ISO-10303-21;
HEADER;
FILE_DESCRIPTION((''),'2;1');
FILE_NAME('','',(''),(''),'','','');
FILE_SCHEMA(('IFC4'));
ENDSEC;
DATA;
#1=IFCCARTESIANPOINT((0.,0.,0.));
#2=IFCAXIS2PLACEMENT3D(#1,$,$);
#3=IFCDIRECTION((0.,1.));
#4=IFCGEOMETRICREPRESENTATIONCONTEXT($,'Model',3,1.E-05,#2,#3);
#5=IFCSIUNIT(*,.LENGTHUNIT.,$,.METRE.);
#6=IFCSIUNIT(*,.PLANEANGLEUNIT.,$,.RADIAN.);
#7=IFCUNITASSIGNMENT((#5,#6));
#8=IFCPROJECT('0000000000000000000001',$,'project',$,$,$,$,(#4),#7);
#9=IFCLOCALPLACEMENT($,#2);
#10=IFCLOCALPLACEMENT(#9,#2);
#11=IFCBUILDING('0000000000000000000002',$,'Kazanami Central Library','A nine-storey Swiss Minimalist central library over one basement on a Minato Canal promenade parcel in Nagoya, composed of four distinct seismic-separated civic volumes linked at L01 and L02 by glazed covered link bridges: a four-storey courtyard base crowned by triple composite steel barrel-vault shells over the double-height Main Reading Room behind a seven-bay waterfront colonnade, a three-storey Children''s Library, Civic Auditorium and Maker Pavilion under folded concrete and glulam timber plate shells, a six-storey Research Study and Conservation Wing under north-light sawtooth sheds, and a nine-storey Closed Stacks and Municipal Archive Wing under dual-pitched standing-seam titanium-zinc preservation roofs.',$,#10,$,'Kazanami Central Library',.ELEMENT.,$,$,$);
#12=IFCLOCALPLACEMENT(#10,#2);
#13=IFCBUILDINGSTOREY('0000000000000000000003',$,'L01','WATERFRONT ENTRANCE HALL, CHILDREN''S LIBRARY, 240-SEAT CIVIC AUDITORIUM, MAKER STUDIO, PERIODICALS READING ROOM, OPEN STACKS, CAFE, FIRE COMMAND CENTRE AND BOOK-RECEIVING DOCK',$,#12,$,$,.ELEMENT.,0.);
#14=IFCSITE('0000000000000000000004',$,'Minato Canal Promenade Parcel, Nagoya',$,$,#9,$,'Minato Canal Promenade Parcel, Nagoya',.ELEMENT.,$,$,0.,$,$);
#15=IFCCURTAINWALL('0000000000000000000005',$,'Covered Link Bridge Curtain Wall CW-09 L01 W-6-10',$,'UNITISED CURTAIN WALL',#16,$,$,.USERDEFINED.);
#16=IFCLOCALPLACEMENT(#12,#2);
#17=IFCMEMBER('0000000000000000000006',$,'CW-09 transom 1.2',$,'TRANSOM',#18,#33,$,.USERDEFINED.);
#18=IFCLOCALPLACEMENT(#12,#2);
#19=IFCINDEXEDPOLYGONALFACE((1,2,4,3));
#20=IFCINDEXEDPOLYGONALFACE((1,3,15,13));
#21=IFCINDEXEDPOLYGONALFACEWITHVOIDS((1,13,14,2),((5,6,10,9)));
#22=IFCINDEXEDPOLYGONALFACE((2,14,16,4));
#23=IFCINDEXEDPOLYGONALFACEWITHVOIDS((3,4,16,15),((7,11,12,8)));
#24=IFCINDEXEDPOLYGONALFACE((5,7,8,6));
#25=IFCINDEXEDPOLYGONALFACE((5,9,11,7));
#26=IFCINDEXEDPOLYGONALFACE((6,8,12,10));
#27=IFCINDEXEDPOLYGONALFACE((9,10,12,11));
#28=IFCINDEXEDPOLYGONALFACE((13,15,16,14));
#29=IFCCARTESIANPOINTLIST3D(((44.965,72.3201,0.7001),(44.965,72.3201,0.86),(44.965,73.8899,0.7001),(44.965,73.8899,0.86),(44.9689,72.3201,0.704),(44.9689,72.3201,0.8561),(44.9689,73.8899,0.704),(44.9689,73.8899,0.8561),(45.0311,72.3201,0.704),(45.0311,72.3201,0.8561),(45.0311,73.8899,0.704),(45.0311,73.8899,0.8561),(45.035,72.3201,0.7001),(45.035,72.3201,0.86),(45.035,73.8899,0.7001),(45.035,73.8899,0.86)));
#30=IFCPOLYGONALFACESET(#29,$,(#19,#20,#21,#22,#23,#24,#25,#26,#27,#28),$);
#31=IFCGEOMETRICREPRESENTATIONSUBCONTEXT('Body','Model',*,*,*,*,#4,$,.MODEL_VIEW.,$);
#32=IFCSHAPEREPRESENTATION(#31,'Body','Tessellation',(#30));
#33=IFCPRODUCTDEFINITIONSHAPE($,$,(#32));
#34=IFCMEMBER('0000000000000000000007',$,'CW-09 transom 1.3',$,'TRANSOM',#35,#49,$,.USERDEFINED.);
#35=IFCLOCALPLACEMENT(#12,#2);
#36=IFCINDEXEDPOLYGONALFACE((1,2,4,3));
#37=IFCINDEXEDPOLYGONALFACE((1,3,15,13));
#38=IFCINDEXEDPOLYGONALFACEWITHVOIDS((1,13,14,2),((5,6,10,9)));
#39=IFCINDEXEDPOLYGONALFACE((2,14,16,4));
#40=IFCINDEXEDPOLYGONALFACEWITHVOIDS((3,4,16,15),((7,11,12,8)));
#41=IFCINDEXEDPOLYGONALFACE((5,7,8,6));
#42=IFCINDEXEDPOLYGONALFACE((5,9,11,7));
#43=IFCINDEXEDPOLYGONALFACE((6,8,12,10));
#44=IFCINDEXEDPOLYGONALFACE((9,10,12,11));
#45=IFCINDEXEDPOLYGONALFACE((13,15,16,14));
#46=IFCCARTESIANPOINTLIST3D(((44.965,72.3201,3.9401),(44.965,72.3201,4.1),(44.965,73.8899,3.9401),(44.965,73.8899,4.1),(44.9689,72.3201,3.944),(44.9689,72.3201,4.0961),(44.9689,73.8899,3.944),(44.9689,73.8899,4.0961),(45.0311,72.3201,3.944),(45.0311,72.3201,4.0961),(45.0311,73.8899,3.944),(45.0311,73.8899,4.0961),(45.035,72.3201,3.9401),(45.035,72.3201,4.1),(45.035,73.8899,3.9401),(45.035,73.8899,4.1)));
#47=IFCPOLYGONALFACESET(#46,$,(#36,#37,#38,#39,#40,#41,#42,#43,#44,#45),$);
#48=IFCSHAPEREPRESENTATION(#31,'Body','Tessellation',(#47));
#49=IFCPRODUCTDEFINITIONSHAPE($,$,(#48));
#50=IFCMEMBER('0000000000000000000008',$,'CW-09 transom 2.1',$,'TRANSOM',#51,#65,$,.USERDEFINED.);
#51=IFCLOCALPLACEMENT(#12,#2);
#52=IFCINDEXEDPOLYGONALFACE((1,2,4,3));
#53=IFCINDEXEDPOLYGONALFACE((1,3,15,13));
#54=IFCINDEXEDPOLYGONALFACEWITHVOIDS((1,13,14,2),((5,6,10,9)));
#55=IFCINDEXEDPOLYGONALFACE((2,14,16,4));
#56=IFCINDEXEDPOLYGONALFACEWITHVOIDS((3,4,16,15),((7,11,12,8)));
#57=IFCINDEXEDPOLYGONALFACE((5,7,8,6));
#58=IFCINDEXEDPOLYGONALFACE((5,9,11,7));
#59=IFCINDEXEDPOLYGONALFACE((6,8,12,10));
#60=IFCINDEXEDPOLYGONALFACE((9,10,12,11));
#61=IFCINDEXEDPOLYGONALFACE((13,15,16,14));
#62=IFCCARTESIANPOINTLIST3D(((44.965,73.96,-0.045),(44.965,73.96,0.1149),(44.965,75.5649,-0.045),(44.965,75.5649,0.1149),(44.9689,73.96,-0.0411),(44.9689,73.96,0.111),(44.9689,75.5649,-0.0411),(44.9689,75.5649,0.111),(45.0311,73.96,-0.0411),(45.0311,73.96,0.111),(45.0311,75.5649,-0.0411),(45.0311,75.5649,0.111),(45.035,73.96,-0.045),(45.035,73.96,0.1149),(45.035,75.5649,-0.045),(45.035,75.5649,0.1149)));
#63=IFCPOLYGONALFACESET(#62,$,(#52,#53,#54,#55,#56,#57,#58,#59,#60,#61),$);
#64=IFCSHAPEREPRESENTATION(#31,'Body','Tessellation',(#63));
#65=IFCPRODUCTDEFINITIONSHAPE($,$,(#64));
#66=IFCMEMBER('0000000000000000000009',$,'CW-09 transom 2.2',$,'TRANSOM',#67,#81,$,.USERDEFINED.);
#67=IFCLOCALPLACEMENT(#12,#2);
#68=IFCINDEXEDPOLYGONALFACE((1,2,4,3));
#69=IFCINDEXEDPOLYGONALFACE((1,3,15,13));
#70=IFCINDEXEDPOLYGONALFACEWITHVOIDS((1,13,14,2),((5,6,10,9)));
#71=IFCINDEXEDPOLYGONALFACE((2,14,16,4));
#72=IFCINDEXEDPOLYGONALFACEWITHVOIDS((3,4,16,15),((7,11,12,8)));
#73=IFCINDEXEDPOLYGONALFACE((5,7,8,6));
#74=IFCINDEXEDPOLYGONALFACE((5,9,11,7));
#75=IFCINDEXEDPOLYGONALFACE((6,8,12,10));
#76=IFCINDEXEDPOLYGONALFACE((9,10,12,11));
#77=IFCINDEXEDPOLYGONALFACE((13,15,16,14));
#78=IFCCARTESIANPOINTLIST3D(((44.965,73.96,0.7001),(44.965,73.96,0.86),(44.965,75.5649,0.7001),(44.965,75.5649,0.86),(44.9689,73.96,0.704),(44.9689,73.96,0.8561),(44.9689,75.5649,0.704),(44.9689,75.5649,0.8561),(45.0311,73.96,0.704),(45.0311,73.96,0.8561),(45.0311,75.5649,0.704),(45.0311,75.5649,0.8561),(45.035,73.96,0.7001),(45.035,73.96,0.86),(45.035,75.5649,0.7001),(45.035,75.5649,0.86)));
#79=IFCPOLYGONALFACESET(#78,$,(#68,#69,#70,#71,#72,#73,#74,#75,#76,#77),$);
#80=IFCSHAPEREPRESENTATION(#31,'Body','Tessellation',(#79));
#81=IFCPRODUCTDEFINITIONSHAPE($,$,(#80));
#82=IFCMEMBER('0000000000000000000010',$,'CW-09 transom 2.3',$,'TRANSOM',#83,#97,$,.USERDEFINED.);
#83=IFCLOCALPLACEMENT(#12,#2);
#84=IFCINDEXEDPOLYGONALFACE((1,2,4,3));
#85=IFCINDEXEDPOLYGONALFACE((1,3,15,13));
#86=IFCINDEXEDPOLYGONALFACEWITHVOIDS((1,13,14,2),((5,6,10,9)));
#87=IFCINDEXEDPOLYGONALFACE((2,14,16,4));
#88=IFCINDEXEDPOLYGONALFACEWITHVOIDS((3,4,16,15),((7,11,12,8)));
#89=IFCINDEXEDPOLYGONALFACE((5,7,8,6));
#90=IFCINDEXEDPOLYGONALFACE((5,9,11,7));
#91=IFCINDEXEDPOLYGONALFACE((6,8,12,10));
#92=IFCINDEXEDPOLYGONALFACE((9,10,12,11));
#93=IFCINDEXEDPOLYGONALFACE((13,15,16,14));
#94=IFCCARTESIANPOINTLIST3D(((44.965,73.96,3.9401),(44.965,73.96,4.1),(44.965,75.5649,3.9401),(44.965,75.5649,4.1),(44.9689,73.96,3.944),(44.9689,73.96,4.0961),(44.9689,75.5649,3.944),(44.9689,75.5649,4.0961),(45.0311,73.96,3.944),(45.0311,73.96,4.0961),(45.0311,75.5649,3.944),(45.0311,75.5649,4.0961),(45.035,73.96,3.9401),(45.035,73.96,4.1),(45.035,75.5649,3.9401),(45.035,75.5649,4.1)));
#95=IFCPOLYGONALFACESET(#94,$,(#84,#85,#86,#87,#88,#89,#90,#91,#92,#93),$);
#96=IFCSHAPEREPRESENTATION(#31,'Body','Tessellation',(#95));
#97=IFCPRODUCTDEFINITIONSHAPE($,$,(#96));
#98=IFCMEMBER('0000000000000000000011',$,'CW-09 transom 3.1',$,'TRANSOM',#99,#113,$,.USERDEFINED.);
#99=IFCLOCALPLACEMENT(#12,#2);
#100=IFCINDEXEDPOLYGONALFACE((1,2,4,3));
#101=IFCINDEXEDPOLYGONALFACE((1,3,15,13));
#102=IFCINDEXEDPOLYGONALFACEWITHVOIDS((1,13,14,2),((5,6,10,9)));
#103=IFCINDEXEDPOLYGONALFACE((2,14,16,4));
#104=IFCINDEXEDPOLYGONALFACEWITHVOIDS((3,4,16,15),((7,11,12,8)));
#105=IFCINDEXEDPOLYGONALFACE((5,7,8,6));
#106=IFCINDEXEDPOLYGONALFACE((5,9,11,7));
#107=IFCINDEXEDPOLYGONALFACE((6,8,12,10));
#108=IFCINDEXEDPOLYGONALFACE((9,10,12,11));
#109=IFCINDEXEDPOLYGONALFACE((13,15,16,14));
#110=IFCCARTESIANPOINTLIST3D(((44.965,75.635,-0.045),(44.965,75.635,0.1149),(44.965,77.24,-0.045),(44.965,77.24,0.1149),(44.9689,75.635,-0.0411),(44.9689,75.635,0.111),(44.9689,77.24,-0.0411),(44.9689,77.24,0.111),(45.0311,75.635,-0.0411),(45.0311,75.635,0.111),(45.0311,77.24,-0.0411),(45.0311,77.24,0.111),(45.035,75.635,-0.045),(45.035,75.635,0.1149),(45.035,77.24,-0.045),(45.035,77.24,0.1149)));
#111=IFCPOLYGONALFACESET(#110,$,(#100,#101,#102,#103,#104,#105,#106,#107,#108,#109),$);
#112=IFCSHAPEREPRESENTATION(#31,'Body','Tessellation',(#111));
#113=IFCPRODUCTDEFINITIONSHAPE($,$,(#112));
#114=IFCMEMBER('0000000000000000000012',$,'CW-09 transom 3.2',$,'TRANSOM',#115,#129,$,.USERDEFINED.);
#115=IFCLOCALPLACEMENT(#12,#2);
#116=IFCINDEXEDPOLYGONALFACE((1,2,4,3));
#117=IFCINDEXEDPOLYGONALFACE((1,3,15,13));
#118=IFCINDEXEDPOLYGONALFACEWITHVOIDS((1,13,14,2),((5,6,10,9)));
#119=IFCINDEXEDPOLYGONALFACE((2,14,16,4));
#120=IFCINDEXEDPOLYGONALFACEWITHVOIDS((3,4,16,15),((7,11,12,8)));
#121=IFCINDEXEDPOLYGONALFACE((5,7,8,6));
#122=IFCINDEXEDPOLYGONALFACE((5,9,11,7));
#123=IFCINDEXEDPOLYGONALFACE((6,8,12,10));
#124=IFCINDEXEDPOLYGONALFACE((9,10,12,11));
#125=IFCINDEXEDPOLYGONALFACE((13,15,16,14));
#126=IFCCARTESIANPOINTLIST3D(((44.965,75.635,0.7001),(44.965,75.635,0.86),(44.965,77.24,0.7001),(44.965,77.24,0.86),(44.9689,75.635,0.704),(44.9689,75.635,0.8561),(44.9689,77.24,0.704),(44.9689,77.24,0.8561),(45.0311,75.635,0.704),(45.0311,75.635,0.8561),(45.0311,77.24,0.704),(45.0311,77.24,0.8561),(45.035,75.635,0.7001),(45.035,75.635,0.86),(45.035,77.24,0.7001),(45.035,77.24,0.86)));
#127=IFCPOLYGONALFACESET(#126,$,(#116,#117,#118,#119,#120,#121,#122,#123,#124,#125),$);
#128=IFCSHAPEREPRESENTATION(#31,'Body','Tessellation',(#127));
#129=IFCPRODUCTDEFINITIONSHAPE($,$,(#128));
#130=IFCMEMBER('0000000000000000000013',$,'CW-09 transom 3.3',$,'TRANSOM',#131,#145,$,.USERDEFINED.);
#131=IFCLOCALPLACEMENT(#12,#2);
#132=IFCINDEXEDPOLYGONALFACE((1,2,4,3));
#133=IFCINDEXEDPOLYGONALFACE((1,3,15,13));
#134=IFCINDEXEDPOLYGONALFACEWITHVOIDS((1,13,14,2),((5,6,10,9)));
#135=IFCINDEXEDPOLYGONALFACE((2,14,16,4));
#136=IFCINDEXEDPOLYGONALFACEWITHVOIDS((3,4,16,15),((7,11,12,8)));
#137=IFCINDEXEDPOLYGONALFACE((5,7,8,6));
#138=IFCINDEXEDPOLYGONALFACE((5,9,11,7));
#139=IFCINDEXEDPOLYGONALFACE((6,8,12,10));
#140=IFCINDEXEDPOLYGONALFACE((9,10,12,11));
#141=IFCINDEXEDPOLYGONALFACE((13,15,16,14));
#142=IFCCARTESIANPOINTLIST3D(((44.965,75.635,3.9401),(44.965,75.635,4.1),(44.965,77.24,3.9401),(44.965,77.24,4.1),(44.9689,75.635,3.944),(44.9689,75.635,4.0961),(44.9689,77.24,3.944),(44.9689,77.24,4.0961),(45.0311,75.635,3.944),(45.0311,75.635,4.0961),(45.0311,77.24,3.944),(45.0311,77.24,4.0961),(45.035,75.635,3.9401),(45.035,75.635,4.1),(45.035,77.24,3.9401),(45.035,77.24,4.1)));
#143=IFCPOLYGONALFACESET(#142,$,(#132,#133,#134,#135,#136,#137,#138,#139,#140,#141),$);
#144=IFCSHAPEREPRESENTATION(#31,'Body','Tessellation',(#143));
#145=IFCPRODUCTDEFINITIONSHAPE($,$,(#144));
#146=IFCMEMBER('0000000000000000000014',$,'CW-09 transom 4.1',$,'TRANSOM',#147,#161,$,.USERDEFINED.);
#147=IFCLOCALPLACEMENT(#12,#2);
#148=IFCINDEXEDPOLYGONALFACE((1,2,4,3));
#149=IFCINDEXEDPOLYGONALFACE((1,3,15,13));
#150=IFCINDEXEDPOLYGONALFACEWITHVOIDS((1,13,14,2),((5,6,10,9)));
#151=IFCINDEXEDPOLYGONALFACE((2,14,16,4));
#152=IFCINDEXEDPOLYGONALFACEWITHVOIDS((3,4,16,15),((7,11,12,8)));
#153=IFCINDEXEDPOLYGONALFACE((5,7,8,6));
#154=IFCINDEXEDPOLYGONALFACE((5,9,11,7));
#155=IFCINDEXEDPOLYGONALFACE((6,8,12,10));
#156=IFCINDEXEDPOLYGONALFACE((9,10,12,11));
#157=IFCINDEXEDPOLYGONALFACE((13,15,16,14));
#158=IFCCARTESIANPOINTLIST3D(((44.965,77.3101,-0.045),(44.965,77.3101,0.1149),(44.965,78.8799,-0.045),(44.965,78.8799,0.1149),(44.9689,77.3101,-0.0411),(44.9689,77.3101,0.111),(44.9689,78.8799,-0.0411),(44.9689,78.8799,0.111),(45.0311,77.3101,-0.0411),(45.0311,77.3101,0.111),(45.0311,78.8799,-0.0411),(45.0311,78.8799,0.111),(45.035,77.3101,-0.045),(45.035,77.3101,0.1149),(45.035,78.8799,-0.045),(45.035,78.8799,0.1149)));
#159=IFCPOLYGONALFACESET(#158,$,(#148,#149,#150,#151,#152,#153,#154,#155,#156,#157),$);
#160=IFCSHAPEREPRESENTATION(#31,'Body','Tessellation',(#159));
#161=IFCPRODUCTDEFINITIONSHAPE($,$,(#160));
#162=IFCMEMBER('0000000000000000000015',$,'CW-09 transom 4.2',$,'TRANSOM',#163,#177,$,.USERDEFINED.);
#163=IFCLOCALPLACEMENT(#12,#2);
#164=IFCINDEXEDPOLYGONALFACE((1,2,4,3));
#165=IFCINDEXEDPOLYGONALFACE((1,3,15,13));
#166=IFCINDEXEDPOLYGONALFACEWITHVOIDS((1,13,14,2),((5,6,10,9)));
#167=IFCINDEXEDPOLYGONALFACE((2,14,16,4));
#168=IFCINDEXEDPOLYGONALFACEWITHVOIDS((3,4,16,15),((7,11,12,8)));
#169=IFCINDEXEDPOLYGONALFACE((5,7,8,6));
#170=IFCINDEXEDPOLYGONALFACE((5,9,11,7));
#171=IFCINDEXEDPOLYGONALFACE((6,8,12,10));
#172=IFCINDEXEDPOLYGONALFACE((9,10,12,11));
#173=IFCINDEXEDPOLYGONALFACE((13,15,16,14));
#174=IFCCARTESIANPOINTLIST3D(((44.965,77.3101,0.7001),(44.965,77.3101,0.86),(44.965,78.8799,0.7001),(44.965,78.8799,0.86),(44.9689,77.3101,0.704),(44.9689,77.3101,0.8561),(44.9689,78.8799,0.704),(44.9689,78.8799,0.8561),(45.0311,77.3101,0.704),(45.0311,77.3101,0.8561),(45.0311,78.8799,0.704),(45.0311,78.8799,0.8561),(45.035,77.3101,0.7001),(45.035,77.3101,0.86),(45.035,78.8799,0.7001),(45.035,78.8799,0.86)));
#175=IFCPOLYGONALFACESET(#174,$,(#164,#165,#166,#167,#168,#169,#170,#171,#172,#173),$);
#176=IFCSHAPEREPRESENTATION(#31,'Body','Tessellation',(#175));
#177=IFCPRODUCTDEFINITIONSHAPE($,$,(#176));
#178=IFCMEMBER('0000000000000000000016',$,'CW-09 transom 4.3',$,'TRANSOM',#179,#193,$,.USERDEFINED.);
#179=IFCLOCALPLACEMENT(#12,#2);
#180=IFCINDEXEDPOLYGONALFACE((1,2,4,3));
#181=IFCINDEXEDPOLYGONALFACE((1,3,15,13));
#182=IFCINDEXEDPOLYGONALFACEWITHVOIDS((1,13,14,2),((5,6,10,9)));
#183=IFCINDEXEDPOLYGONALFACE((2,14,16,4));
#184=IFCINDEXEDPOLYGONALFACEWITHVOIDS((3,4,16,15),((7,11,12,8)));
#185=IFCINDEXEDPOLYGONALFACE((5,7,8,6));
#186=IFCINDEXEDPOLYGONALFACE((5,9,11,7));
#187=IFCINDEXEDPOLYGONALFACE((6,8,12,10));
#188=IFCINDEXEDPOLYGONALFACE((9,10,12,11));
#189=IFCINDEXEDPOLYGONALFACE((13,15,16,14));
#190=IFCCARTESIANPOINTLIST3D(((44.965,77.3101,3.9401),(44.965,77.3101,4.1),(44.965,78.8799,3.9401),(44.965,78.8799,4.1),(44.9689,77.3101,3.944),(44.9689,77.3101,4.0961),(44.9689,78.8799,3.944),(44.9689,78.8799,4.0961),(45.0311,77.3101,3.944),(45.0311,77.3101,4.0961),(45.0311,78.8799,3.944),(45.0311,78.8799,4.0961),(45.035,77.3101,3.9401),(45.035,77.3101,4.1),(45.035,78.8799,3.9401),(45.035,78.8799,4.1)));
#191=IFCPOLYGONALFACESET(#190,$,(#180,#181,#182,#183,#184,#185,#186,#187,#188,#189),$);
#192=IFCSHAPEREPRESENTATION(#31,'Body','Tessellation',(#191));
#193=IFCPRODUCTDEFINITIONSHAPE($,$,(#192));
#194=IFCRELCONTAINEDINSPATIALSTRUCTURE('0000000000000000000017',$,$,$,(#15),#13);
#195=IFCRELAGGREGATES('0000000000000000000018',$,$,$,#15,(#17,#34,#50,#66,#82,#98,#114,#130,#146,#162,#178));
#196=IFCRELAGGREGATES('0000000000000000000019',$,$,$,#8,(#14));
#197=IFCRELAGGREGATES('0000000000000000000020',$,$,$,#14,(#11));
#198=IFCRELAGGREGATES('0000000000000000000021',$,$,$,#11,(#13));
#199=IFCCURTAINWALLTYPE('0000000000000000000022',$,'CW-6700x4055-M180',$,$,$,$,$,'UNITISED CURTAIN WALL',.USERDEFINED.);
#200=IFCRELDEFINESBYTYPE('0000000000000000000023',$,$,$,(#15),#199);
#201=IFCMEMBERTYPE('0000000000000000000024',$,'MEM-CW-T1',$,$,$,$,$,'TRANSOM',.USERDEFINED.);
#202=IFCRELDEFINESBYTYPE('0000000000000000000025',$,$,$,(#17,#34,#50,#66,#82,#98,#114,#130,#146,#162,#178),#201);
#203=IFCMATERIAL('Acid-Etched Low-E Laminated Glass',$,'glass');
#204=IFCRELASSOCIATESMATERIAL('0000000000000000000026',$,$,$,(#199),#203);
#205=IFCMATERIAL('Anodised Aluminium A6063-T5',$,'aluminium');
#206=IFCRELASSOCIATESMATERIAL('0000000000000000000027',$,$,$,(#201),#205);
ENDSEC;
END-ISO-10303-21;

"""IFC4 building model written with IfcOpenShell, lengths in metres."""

from ifc_helpers import new_model, si_unit, direction, frame, origin, origin_2d, place, context, subcontext, project, spatial, hollow_rectangle, extrude, material, material_profile, profile_set, type_object, element, aggregate, save


model = new_model("IFC4")

# Units and contexts
model_context = context("Model", 3, precision=1e-05, world=origin(), true_north=direction((0.0, 1.0)))
body_context = subcontext(model_context, "Body", "Model", "MODEL_VIEW")
ifc_project = project(units=[si_unit("LENGTHUNIT", "METRE"), si_unit("PLANEANGLEUNIT", "RADIAN")], contexts=[model_context])

# Site, building, storey
site_placement = place(None, origin())
site = spatial("IfcSite", under=ifc_project, at=site_placement, Name="Minato Canal Promenade Parcel, Nagoya", LongName="Minato Canal Promenade Parcel, Nagoya", CompositionType="ELEMENT", RefElevation=0.0)
building_placement = place(site_placement, origin())
building = spatial("IfcBuilding", under=site, at=building_placement, Name="Kazanami Central Library", Description="A nine-storey Swiss Minimalist central library over one basement on a Minato Canal promenade parcel in Nagoya, composed of four distinct seismic-separated civic volumes linked at L01 and L02 by glazed covered link bridges: a four-storey courtyard base crowned by triple composite steel barrel-vault shells over the double-height Main Reading Room behind a seven-bay waterfront colonnade, a three-storey Children's Library, Civic Auditorium and Maker Pavilion under folded concrete and glulam timber plate shells, a six-storey Research Study and Conservation Wing under north-light sawtooth sheds, and a nine-storey Closed Stacks and Municipal Archive Wing under dual-pitched standing-seam titanium-zinc preservation roofs.", LongName="Kazanami Central Library", CompositionType="ELEMENT")
storey_placement = place(building_placement, origin())
storey = spatial("IfcBuildingStorey", under=building, at=storey_placement, Name="L01", Description="WATERFRONT ENTRANCE HALL, CHILDREN'S LIBRARY, 240-SEAT CIVIC AUDITORIUM, MAKER STUDIO, PERIODICALS READING ROOM, OPEN STACKS, CAFE, FIRE COMMAND CENTRE AND BOOK-RECEIVING DOCK", CompositionType="ELEMENT", Elevation=0.0)

# Curtain wall
ifc_material_1 = material(Name="Acid-Etched Low-E Laminated Glass", Category="glass")
curtain_wall_type = type_object("IfcCurtainWallType", Name="CW-6700x4055-M180", ElementType="UNITISED CURTAIN WALL", PredefinedType="USERDEFINED", material=ifc_material_1)
curtain_wall_1_placement = place(storey_placement, origin())
curtain_wall_1 = element("IfcCurtainWall", 1, at=curtain_wall_1_placement, inside=storey, type_object=curtain_wall_type, Name="Covered Link Bridge Curtain Wall CW-09 L01 W-6-10", ObjectType="UNITISED CURTAIN WALL", PredefinedType="USERDEFINED")
ifc_material_2 = material(Name="Anodised Aluminium A6063-T5", Category="aluminium")

# Members
ifc_material_profile_1 = material_profile(ifc_material_2, hollow_rectangle(XDim=0.0701, YDim=0.1599, WallThickness=0.0039, at=origin_2d()), Name="ALU-TRAN-70x160x4")
ifc_profile_set_1 = profile_set([ifc_material_profile_1], Name="Anodised Aluminium A6063-T5")
member_type_1 = type_object("IfcMemberType", Name="MEM-CW-T1", ElementType="TRANSOM", PredefinedType="USERDEFINED", material=ifc_profile_set_1)
member_1_placement = place(storey_placement, frame((45.0, 72.3201, 0.78), z_axis=(0.0, 1.0, 0.0), x_axis=(-1.0, 0.0, 0.0)))
member_1 = element("IfcMember", 2, at=member_1_placement, type_object=member_type_1, Name="CW-09 transom 1.2", ObjectType="TRANSOM", PredefinedType="USERDEFINED", context=body_context, shape_type="SweptSolid", body=[
    extrude(hollow_rectangle(XDim=0.0701, YDim=0.1599, WallThickness=0.0039, at=origin_2d()), origin(), (0.0, 0.0, 1.0), 1.5698),
])
member_2_placement = place(storey_placement, frame((45.0, 72.3201, 4.02), z_axis=(0.0, 1.0, 0.0), x_axis=(-1.0, 0.0, 0.0)))
member_2 = element("IfcMember", 3, at=member_2_placement, type_object=member_type_1, Name="CW-09 transom 1.3", ObjectType="TRANSOM", PredefinedType="USERDEFINED", context=body_context, shape_type="SweptSolid", body=[
    extrude(hollow_rectangle(XDim=0.0701, YDim=0.1599, WallThickness=0.0039, at=origin_2d()), origin(), (0.0, 0.0, 1.0), 1.5698),
])
member_3_placement = place(storey_placement, frame((45.0, 73.96, 0.0349), z_axis=(0.0, 1.0, 0.0), x_axis=(-1.0, 0.0, 0.0)))
member_3 = element("IfcMember", 4, at=member_3_placement, type_object=member_type_1, Name="CW-09 transom 2.1", ObjectType="TRANSOM", PredefinedType="USERDEFINED", context=body_context, shape_type="SweptSolid", body=[
    extrude(hollow_rectangle(XDim=0.0701, YDim=0.1599, WallThickness=0.0039, at=origin_2d()), origin(), (0.0, 0.0, 1.0), 1.605),
])
member_4_placement = place(storey_placement, frame((45.0, 73.96, 0.78), z_axis=(0.0, 1.0, 0.0), x_axis=(-1.0, 0.0, 0.0)))
member_4 = element("IfcMember", 5, at=member_4_placement, type_object=member_type_1, Name="CW-09 transom 2.2", ObjectType="TRANSOM", PredefinedType="USERDEFINED", context=body_context, shape_type="SweptSolid", body=[
    extrude(hollow_rectangle(XDim=0.0701, YDim=0.1599, WallThickness=0.0039, at=origin_2d()), origin(), (0.0, 0.0, 1.0), 1.605),
])
member_5_placement = place(storey_placement, frame((45.0, 73.96, 4.02), z_axis=(0.0, 1.0, 0.0), x_axis=(-1.0, 0.0, 0.0)))
member_5 = element("IfcMember", 6, at=member_5_placement, type_object=member_type_1, Name="CW-09 transom 2.3", ObjectType="TRANSOM", PredefinedType="USERDEFINED", context=body_context, shape_type="SweptSolid", body=[
    extrude(hollow_rectangle(XDim=0.0701, YDim=0.1599, WallThickness=0.0039, at=origin_2d()), origin(), (0.0, 0.0, 1.0), 1.605),
])
member_6_placement = place(storey_placement, frame((45.0, 75.635, 0.0349), z_axis=(0.0, 1.0, 0.0), x_axis=(-1.0, 0.0, 0.0)))
member_6 = element("IfcMember", 7, at=member_6_placement, type_object=member_type_1, Name="CW-09 transom 3.1", ObjectType="TRANSOM", PredefinedType="USERDEFINED", context=body_context, shape_type="SweptSolid", body=[
    extrude(hollow_rectangle(XDim=0.0701, YDim=0.1599, WallThickness=0.0039, at=origin_2d()), origin(), (0.0, 0.0, 1.0), 1.605),
])
member_7_placement = place(storey_placement, frame((45.0, 75.635, 0.78), z_axis=(0.0, 1.0, 0.0), x_axis=(-1.0, 0.0, 0.0)))
member_7 = element("IfcMember", 8, at=member_7_placement, type_object=member_type_1, Name="CW-09 transom 3.2", ObjectType="TRANSOM", PredefinedType="USERDEFINED", context=body_context, shape_type="SweptSolid", body=[
    extrude(hollow_rectangle(XDim=0.0701, YDim=0.1599, WallThickness=0.0039, at=origin_2d()), origin(), (0.0, 0.0, 1.0), 1.605),
])
member_8_placement = place(storey_placement, frame((45.0, 75.635, 4.02), z_axis=(0.0, 1.0, 0.0), x_axis=(-1.0, 0.0, 0.0)))
member_8 = element("IfcMember", 9, at=member_8_placement, type_object=member_type_1, Name="CW-09 transom 3.3", ObjectType="TRANSOM", PredefinedType="USERDEFINED", context=body_context, shape_type="SweptSolid", body=[
    extrude(hollow_rectangle(XDim=0.0701, YDim=0.1599, WallThickness=0.0039, at=origin_2d()), origin(), (0.0, 0.0, 1.0), 1.605),
])
member_9_placement = place(storey_placement, frame((45.0, 77.3101, 0.0349), z_axis=(0.0, 1.0, 0.0), x_axis=(-1.0, 0.0, 0.0)))
member_9 = element("IfcMember", 10, at=member_9_placement, type_object=member_type_1, Name="CW-09 transom 4.1", ObjectType="TRANSOM", PredefinedType="USERDEFINED", context=body_context, shape_type="SweptSolid", body=[
    extrude(hollow_rectangle(XDim=0.0701, YDim=0.1599, WallThickness=0.0039, at=origin_2d()), origin(), (0.0, 0.0, 1.0), 1.5698),
])
member_10_placement = place(storey_placement, frame((45.0, 77.3101, 0.78), z_axis=(0.0, 1.0, 0.0), x_axis=(-1.0, 0.0, 0.0)))
member_10 = element("IfcMember", 11, at=member_10_placement, type_object=member_type_1, Name="CW-09 transom 4.2", ObjectType="TRANSOM", PredefinedType="USERDEFINED", context=body_context, shape_type="SweptSolid", body=[
    extrude(hollow_rectangle(XDim=0.0701, YDim=0.1599, WallThickness=0.0039, at=origin_2d()), origin(), (0.0, 0.0, 1.0), 1.5698),
])
member_11_placement = place(storey_placement, frame((45.0, 77.3101, 4.02), z_axis=(0.0, 1.0, 0.0), x_axis=(-1.0, 0.0, 0.0)))
member_11 = element("IfcMember", 12, at=member_11_placement, type_object=member_type_1, Name="CW-09 transom 4.3", ObjectType="TRANSOM", PredefinedType="USERDEFINED", context=body_context, shape_type="SweptSolid", body=[
    extrude(hollow_rectangle(XDim=0.0701, YDim=0.1599, WallThickness=0.0039, at=origin_2d()), origin(), (0.0, 0.0, 1.0), 1.5698),
])

aggregate(curtain_wall_1, [member_1, member_2, member_3, member_4, member_5, member_6, member_7, member_8, member_9, member_10, member_11])

save(model, "model.ifc")
